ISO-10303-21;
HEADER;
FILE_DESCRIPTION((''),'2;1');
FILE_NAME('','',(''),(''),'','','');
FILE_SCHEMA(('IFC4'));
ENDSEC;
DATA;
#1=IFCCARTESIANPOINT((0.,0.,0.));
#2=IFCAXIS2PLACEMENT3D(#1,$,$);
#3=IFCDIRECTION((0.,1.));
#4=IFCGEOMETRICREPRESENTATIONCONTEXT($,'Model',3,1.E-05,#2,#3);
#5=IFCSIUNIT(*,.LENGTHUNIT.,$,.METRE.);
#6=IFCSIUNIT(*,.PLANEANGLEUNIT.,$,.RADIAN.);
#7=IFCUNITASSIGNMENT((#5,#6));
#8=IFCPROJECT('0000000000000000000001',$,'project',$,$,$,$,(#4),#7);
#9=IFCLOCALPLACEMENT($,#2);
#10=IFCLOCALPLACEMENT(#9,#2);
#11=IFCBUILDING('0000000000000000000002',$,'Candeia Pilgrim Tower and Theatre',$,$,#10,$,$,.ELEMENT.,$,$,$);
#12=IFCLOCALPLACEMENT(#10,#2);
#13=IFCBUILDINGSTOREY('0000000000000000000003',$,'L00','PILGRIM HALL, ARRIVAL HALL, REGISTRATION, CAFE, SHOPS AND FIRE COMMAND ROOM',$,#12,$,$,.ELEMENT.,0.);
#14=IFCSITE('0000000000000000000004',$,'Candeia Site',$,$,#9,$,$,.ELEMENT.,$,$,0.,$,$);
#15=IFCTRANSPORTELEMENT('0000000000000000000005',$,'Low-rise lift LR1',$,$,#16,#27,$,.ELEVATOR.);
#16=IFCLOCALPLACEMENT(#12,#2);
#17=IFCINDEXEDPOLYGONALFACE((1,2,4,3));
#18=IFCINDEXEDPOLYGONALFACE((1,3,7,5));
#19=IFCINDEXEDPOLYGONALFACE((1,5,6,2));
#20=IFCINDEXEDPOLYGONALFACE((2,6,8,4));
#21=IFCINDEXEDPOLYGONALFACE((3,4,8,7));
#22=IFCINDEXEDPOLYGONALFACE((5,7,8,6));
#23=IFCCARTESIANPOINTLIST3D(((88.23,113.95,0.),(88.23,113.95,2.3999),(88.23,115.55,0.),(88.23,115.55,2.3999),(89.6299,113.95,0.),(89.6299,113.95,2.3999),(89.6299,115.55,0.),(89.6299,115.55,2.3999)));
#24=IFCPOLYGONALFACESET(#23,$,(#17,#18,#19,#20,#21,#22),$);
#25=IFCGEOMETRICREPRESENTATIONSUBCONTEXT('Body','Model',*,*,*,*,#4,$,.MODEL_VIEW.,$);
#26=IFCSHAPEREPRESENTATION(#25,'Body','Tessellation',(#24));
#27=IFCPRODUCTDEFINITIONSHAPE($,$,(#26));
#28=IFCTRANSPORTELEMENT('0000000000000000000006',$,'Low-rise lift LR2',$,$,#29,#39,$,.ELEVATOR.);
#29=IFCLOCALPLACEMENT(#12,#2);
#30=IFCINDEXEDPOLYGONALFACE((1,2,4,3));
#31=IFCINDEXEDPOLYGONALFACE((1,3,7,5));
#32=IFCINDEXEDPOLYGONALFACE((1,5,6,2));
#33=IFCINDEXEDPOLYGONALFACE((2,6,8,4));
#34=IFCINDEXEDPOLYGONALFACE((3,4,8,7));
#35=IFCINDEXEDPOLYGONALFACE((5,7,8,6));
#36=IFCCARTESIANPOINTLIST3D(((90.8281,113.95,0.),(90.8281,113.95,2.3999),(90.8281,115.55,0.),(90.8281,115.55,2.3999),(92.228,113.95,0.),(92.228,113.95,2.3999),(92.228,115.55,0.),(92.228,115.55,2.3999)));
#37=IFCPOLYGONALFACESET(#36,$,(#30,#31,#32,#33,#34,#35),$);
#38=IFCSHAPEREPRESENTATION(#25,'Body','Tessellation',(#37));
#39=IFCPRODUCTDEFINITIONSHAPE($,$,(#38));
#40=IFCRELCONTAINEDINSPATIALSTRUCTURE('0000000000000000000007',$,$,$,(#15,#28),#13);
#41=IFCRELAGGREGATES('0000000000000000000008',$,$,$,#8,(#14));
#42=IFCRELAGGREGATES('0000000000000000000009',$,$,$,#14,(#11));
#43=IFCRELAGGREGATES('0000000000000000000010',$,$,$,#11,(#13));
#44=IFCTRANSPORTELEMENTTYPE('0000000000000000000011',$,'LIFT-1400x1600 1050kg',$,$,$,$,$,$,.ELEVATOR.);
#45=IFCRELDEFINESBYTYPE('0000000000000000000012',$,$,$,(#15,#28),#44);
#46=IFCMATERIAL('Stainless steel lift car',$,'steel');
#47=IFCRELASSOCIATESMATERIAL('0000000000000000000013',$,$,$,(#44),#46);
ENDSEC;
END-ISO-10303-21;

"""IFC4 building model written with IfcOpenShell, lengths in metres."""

from ifc_helpers import new_model, si_unit, direction, frame, origin, origin_2d, place, context, subcontext, project, spatial, rectangle, extrude, material, type_object, element, save


model = new_model("IFC4")

# Units and contexts
model_context = context("Model", 3, precision=1e-05, world=origin(), true_north=direction((0.0, 1.0)))
body_context = subcontext(model_context, "Body", "Model", "MODEL_VIEW")
ifc_project = project(units=[si_unit("LENGTHUNIT", "METRE"), si_unit("PLANEANGLEUNIT", "RADIAN")], contexts=[model_context])

# Site, building, storey
site_placement = place(None, origin())
site = spatial("IfcSite", under=ifc_project, at=site_placement, Name="Candeia Site", CompositionType="ELEMENT", RefElevation=0.0)
building_placement = place(site_placement, origin())
building = spatial("IfcBuilding", under=site, at=building_placement, Name="Candeia Pilgrim Tower and Theatre", CompositionType="ELEMENT")
storey_placement = place(building_placement, origin())
storey = spatial("IfcBuildingStorey", under=building, at=storey_placement, Name="L00", Description="PILGRIM HALL, ARRIVAL HALL, REGISTRATION, CAFE, SHOPS AND FIRE COMMAND ROOM", CompositionType="ELEMENT", Elevation=0.0)

# Transport elements
ifc_material_1 = material(Name="Stainless steel lift car", Category="steel")
transport_element_type = type_object("IfcTransportElementType", Name="LIFT-1400x1600 1050kg", PredefinedType="ELEVATOR", material=ifc_material_1)
for number, where, z_axis, x_axis, name in (
    (1, (88.9299, 114.75, 0.0), (0.0, 0.0, 1.0), (1.0, 0.0, 0.0), "Low-rise lift LR1"),
    (2, (91.5281, 114.75, 0.0), (0.0, 0.0, 1.0), (1.0, 0.0, 0.0), "Low-rise lift LR2"),
):
    element("IfcTransportElement", number, at=place(storey_placement, frame(where, z_axis=z_axis, x_axis=x_axis)), inside=storey, type_object=transport_element_type, Name=name, PredefinedType="ELEVATOR", context=body_context, shape_type="SweptSolid", body=[
        extrude(rectangle(XDim=1.3999, YDim=1.6001, at=origin_2d()), origin(), (0.0, 0.0, 1.0), 2.3999),
    ])

save(model, "model.ifc")
